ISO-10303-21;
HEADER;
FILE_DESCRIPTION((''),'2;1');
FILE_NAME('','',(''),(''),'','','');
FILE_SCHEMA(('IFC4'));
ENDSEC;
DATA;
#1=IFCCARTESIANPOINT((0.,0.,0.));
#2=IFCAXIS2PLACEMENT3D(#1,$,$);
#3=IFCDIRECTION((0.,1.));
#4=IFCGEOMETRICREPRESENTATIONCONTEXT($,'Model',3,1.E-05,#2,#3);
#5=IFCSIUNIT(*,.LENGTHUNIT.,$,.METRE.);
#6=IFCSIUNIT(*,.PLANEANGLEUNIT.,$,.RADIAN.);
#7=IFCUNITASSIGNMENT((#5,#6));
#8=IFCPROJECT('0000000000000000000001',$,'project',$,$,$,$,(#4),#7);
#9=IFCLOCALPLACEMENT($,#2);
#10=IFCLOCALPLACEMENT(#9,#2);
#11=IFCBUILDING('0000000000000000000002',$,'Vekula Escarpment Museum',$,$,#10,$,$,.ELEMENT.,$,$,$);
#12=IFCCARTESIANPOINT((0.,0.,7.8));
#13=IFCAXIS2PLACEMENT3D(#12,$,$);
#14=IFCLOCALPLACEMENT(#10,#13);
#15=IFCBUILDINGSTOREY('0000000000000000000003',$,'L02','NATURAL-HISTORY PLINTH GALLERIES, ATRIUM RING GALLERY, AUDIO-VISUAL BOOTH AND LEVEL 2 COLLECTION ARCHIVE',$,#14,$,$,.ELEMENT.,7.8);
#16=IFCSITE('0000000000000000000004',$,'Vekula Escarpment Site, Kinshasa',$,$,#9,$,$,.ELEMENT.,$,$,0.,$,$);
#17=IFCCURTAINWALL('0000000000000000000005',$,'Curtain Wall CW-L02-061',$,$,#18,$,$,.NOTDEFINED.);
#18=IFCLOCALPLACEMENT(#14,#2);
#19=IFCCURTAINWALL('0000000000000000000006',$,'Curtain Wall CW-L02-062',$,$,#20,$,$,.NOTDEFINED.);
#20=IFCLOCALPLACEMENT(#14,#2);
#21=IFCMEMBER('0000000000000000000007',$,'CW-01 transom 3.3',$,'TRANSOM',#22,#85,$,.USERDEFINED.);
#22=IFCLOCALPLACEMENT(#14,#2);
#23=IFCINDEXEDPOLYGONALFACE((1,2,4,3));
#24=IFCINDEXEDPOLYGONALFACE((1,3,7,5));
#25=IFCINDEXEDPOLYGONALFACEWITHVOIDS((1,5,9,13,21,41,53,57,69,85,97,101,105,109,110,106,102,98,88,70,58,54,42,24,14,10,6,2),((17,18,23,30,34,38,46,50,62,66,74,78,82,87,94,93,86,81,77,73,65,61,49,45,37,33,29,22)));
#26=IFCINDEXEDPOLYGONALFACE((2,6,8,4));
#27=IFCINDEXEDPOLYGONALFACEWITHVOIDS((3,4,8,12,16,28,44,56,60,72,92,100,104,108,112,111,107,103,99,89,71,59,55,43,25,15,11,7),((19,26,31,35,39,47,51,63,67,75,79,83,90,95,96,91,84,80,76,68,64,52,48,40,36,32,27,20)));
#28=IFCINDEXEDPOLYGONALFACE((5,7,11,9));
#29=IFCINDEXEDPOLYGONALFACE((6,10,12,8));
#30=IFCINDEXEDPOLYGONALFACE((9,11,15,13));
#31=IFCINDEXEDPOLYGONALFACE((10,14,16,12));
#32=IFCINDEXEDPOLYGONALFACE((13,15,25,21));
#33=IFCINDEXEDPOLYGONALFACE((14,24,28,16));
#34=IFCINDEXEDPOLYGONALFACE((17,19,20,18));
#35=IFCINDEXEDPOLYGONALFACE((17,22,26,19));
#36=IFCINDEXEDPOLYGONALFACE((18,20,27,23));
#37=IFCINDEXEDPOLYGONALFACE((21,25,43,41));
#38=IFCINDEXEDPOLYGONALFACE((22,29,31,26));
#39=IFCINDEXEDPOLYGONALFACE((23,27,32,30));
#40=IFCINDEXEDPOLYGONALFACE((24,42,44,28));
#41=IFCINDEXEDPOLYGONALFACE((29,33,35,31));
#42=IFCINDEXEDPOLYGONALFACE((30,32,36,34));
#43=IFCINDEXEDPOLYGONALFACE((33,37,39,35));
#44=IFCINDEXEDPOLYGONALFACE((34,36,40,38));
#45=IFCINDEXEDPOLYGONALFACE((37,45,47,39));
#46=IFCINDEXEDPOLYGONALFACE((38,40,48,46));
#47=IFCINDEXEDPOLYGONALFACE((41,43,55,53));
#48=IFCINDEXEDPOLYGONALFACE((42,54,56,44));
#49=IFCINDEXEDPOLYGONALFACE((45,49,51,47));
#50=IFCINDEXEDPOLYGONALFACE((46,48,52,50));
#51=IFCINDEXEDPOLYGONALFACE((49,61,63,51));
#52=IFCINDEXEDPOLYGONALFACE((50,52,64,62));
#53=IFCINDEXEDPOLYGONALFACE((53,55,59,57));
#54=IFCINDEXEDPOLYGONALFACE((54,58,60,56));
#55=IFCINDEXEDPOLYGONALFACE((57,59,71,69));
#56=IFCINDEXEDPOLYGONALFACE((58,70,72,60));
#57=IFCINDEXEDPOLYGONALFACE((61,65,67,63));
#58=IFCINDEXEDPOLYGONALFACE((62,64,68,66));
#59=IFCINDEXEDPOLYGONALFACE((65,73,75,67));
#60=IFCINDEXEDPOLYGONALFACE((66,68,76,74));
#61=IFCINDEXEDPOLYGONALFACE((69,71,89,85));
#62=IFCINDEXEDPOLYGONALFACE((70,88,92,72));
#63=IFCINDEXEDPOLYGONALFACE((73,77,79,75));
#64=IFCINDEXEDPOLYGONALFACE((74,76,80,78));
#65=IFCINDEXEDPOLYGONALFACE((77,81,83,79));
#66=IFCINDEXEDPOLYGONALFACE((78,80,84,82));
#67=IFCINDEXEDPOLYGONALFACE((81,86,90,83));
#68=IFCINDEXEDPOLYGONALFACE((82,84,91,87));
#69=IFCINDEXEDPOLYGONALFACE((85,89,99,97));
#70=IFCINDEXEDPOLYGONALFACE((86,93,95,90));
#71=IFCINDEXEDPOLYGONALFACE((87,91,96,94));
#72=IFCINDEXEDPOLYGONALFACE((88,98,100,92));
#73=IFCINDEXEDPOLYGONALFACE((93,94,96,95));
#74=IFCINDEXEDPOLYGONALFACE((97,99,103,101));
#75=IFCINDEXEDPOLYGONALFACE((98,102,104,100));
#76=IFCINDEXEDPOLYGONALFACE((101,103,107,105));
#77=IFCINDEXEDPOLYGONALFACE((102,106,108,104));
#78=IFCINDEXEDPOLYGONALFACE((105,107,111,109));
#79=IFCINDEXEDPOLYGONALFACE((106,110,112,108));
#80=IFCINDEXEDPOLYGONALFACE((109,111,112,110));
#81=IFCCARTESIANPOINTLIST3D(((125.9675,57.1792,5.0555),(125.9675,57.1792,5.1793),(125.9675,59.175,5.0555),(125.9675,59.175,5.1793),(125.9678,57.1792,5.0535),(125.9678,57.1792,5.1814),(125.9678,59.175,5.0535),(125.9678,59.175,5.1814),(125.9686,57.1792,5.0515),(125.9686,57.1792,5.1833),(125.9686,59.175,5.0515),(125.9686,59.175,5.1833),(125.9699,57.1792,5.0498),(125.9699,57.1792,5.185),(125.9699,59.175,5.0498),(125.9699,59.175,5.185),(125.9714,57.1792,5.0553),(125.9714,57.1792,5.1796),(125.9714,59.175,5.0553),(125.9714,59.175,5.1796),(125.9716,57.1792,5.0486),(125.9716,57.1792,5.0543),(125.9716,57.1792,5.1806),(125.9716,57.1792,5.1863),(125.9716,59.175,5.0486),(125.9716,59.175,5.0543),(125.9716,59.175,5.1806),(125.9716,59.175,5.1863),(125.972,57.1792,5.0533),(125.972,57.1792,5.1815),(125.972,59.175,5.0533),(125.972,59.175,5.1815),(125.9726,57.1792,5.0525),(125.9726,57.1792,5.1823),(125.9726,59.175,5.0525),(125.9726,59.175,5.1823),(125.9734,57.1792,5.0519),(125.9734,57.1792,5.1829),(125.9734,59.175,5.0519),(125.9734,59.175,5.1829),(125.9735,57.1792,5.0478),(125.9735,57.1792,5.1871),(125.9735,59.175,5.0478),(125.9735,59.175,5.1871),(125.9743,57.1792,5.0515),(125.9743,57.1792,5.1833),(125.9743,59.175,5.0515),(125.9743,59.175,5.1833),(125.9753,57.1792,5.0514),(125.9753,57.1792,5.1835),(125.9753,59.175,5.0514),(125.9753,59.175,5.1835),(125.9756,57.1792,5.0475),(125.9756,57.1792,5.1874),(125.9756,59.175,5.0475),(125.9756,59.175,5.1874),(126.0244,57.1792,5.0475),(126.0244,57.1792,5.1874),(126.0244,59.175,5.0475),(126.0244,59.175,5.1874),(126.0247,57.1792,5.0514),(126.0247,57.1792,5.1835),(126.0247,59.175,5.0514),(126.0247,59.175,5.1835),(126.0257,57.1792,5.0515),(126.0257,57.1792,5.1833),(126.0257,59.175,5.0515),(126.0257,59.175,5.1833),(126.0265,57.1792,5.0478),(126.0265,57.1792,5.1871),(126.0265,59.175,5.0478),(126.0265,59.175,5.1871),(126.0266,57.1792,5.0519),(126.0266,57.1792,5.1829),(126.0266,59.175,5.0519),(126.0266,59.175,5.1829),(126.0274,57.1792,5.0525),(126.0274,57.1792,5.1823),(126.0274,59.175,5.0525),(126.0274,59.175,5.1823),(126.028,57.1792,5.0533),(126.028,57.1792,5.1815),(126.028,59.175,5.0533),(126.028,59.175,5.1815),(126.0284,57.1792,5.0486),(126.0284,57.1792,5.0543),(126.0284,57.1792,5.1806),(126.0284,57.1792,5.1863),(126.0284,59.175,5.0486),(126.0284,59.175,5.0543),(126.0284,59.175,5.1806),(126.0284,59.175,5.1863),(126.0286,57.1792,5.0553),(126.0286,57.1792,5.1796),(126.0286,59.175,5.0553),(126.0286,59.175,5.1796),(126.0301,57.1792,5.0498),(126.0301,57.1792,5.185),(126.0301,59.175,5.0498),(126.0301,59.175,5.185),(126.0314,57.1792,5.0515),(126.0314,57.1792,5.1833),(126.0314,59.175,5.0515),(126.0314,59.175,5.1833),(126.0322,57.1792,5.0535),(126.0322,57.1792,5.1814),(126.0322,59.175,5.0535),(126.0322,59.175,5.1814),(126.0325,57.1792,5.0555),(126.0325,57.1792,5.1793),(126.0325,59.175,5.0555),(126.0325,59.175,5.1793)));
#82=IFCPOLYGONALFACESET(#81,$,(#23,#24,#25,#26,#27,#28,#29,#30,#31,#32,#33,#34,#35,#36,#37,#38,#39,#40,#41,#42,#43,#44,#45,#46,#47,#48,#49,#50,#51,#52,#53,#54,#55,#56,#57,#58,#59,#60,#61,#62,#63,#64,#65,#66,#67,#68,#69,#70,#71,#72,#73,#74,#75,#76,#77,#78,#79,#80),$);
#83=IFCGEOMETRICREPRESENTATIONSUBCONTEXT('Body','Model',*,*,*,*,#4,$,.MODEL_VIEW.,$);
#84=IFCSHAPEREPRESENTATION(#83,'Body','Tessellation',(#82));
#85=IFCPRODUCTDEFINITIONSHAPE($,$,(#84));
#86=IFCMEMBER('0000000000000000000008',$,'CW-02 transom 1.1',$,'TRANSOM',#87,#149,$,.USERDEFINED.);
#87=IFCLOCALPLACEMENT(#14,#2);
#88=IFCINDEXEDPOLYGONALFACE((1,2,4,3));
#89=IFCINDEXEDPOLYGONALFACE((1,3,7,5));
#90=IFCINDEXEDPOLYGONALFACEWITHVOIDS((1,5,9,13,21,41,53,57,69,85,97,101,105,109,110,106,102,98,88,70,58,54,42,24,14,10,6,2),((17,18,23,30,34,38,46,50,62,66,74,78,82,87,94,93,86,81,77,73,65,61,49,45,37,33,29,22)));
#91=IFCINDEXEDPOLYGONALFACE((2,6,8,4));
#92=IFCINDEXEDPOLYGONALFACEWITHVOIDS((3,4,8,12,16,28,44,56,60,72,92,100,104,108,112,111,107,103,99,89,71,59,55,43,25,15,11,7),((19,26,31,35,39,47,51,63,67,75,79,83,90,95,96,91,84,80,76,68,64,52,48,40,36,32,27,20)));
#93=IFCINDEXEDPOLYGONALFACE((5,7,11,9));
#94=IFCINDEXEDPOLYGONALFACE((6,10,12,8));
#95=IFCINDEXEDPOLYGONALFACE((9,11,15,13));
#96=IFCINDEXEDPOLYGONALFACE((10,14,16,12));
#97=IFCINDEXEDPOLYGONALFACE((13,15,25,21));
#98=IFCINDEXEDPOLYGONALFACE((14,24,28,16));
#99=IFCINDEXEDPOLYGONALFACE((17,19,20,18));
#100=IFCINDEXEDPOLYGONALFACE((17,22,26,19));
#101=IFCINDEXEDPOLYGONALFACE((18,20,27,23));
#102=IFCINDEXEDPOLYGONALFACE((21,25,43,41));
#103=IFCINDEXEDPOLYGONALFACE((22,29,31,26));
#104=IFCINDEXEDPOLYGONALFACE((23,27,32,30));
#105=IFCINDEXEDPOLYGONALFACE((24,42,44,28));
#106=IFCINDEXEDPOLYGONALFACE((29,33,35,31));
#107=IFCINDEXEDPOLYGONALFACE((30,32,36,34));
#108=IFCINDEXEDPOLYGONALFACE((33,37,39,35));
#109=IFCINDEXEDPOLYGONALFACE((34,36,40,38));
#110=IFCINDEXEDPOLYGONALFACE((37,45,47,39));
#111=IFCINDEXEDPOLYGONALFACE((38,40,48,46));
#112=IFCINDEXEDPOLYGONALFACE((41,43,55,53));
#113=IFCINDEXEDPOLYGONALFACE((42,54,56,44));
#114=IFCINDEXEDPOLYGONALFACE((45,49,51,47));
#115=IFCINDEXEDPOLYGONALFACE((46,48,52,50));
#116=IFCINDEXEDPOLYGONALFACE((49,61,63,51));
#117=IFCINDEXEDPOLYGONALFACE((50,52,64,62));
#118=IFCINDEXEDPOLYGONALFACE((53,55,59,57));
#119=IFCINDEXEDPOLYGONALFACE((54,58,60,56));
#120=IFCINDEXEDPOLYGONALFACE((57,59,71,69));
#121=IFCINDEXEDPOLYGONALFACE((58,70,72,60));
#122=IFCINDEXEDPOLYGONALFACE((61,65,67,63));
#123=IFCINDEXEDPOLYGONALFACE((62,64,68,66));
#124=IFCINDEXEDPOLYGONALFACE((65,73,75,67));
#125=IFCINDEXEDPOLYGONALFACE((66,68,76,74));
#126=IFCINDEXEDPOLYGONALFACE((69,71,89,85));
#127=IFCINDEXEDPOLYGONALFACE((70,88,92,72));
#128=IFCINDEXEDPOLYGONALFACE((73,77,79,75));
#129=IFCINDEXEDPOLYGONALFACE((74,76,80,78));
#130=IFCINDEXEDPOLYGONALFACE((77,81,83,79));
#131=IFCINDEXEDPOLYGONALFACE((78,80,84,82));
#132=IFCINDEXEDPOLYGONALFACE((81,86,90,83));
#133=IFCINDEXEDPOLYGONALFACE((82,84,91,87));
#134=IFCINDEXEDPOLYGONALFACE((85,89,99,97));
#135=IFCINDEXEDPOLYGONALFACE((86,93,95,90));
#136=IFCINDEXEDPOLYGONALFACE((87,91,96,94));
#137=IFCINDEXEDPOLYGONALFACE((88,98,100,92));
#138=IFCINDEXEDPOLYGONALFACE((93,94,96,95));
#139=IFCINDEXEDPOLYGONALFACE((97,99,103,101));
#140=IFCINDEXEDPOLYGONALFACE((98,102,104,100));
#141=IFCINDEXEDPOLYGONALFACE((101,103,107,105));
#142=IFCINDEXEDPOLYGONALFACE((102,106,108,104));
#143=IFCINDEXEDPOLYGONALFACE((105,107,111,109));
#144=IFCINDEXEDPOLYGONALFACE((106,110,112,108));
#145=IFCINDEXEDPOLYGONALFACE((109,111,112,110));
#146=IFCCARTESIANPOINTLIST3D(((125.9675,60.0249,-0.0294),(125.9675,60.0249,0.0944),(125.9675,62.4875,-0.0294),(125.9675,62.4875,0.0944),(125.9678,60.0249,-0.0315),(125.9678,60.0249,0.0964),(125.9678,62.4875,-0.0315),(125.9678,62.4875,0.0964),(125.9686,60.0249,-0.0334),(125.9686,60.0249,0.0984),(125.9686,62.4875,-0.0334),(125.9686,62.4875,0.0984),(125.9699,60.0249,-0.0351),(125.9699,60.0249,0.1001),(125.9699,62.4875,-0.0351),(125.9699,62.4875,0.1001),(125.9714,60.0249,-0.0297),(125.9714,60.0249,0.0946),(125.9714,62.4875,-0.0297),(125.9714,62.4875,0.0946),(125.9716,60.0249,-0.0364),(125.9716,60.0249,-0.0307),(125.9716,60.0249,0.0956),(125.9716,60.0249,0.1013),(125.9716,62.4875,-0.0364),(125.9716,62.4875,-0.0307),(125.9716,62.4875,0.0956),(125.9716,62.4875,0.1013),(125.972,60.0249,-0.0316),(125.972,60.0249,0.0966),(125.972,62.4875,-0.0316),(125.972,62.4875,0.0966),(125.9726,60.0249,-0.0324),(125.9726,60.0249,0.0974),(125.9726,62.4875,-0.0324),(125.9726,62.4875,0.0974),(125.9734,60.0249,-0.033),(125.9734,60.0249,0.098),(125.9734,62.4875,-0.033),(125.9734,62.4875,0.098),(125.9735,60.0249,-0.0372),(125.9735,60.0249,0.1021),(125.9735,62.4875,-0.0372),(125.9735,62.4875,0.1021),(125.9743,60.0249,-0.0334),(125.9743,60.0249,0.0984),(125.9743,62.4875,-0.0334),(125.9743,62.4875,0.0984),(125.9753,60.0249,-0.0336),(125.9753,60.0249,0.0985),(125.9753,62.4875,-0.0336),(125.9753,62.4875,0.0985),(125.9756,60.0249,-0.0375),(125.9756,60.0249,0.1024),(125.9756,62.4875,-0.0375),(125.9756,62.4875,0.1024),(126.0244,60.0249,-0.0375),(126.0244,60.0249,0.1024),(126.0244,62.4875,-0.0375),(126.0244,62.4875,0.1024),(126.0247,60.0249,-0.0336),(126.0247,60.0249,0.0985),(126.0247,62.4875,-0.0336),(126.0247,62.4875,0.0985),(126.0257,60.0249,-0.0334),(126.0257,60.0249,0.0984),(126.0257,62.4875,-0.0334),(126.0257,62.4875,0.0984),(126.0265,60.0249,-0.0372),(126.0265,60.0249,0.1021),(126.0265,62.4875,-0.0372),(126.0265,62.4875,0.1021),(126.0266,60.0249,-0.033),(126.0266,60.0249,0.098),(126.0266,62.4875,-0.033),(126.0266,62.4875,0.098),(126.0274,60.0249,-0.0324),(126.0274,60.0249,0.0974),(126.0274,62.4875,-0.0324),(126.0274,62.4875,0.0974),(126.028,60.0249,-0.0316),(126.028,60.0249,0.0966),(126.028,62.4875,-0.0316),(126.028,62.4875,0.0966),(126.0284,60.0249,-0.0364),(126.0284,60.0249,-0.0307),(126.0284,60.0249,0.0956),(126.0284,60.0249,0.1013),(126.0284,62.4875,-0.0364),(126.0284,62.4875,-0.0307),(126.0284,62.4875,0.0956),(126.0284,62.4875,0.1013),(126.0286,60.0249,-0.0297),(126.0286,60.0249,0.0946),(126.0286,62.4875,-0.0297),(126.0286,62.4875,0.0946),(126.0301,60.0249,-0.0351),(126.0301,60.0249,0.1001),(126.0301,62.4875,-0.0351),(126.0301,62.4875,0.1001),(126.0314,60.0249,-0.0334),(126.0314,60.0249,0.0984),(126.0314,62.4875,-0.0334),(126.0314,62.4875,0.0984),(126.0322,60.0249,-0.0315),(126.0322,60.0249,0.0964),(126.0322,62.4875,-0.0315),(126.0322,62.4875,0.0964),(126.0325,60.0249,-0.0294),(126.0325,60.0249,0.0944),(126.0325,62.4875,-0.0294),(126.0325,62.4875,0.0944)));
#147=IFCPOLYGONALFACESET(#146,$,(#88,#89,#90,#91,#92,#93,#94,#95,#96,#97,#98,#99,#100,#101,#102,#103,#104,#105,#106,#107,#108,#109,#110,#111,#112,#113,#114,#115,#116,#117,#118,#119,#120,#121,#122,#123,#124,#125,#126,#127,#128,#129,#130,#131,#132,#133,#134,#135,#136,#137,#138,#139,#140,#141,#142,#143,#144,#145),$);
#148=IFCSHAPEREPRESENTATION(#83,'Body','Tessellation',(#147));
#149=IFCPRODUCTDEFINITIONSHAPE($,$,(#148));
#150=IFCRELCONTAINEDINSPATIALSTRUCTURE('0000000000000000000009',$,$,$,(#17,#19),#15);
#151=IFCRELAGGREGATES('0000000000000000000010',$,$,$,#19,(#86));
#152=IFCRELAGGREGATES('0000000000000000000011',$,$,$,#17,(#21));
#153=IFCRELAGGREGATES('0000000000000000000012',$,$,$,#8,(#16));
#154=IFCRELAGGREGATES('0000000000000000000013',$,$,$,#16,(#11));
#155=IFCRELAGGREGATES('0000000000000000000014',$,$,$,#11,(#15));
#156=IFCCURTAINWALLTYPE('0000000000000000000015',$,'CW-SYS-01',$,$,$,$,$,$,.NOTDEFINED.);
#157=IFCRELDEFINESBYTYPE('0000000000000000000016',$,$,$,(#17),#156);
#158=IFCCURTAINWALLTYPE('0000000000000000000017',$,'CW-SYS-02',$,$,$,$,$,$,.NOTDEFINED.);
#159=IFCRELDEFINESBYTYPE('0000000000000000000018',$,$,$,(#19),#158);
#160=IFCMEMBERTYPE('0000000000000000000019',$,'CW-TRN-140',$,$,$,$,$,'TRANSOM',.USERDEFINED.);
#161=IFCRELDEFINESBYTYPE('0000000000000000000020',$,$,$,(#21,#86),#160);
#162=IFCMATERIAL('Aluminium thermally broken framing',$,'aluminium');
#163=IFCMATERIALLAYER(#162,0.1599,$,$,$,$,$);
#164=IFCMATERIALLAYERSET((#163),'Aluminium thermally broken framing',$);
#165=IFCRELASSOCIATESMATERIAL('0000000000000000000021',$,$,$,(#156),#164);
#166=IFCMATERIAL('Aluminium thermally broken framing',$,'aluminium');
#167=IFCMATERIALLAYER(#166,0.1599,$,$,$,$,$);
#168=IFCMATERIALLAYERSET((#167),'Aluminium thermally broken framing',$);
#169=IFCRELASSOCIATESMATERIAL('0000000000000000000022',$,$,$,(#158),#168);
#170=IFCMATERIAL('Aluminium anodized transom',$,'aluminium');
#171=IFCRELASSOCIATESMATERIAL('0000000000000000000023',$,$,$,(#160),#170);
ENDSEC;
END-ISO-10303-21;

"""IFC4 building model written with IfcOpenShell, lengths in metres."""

from ifc_helpers import new_model, si_unit, direction, frame, origin, origin_2d, place, context, subcontext, project, spatial, hollow_rectangle, extrude, material, layer, layer_set, material_profile, profile_set, type_object, element, aggregate, save


model = new_model("IFC4")

# Units and contexts
model_context = context("Model", 3, precision=1e-05, world=origin(), true_north=direction((0.0, 1.0)))
body_context = subcontext(model_context, "Body", "Model", "MODEL_VIEW")
ifc_project = project(units=[si_unit("LENGTHUNIT", "METRE"), si_unit("PLANEANGLEUNIT", "RADIAN")], contexts=[model_context])

# Site, building, storey
site_placement = place(None, origin())
site = spatial("IfcSite", under=ifc_project, at=site_placement, Name="Vekula Escarpment Site, Kinshasa", CompositionType="ELEMENT", RefElevation=0.0)
building_placement = place(site_placement, origin())
building = spatial("IfcBuilding", under=site, at=building_placement, Name="Vekula Escarpment Museum", CompositionType="ELEMENT")
storey_placement = place(building_placement, frame((0.0, 0.0, 7.8)))
storey = spatial("IfcBuildingStorey", under=building, at=storey_placement, Name="L02", Description="NATURAL-HISTORY PLINTH GALLERIES, ATRIUM RING GALLERY, AUDIO-VISUAL BOOTH AND LEVEL 2 COLLECTION ARCHIVE", CompositionType="ELEMENT", Elevation=7.8)

# Curtain wall
ifc_material_1 = material(Name="Aluminium thermally broken framing", Category="aluminium")
ifc_layer_1 = layer(ifc_material_1, 0.1599)
ifc_layer_set_1 = layer_set([ifc_layer_1], Name="Aluminium thermally broken framing")
curtain_wall_type_1 = type_object("IfcCurtainWallType", Name="CW-SYS-01", PredefinedType="NOTDEFINED", material=ifc_layer_set_1)
curtain_wall_1_placement = place(storey_placement, origin())
curtain_wall_1 = element("IfcCurtainWall", 1, at=curtain_wall_1_placement, inside=storey, type_object=curtain_wall_type_1, Name="Curtain Wall CW-L02-061", PredefinedType="NOTDEFINED")

# Curtain wall
ifc_material_2 = material(Name="Aluminium thermally broken framing", Category="aluminium")
ifc_layer_2 = layer(ifc_material_2, 0.1599)
ifc_layer_set_2 = layer_set([ifc_layer_2], Name="Aluminium thermally broken framing")
curtain_wall_type_2 = type_object("IfcCurtainWallType", Name="CW-SYS-02", PredefinedType="NOTDEFINED", material=ifc_layer_set_2)
curtain_wall_2_placement = place(storey_placement, origin())
curtain_wall_2 = element("IfcCurtainWall", 2, at=curtain_wall_2_placement, inside=storey, type_object=curtain_wall_type_2, Name="Curtain Wall CW-L02-062", PredefinedType="NOTDEFINED")

# Members
ifc_material_3 = material(Name="Aluminium anodized transom", Category="aluminium")
ifc_material_profile_1 = material_profile(ifc_material_3, hollow_rectangle(XDim=0.0649, YDim=0.1399, WallThickness=0.0039, InnerFilletRadius=0.0039, OuterFilletRadius=0.0081, at=origin_2d()), Name="ALU 140x65x4")
ifc_profile_set_1 = profile_set([ifc_material_profile_1], Name="Aluminium anodized transom")
member_type_1 = type_object("IfcMemberType", Name="CW-TRN-140", ElementType="TRANSOM", PredefinedType="USERDEFINED", material=ifc_profile_set_1)
member_1_placement = place(storey_placement, frame((126.0, 57.1792, 5.1174), z_axis=(0.0, 1.0, 0.0), x_axis=(-1.0, 0.0, 0.0)))
member_1 = element("IfcMember", 3, at=member_1_placement, type_object=member_type_1, Name="CW-01 transom 3.3", ObjectType="TRANSOM", PredefinedType="USERDEFINED", context=body_context, shape_type="SweptSolid", body=[
    extrude(hollow_rectangle(XDim=0.0649, YDim=0.1399, WallThickness=0.0039, InnerFilletRadius=0.0039, OuterFilletRadius=0.0081, at=origin_2d()), origin(), (0.0, 0.0, 1.0), 1.9958),
])
member_2_placement = place(storey_placement, frame((126.0, 60.0249, 0.0325), z_axis=(0.0, 1.0, 0.0), x_axis=(-1.0, 0.0, 0.0)))
member_2 = element("IfcMember", 4, at=member_2_placement, type_object=member_type_1, Name="CW-02 transom 1.1", ObjectType="TRANSOM", PredefinedType="USERDEFINED", context=body_context, shape_type="SweptSolid", body=[
    extrude(hollow_rectangle(XDim=0.0649, YDim=0.1399, WallThickness=0.0039, InnerFilletRadius=0.0039, OuterFilletRadius=0.0081, at=origin_2d()), origin(), (0.0, 0.0, 1.0), 2.4626),
])
aggregate(curtain_wall_2, [member_2])

aggregate(curtain_wall_1, [member_1])

save(model, "model.ifc")
